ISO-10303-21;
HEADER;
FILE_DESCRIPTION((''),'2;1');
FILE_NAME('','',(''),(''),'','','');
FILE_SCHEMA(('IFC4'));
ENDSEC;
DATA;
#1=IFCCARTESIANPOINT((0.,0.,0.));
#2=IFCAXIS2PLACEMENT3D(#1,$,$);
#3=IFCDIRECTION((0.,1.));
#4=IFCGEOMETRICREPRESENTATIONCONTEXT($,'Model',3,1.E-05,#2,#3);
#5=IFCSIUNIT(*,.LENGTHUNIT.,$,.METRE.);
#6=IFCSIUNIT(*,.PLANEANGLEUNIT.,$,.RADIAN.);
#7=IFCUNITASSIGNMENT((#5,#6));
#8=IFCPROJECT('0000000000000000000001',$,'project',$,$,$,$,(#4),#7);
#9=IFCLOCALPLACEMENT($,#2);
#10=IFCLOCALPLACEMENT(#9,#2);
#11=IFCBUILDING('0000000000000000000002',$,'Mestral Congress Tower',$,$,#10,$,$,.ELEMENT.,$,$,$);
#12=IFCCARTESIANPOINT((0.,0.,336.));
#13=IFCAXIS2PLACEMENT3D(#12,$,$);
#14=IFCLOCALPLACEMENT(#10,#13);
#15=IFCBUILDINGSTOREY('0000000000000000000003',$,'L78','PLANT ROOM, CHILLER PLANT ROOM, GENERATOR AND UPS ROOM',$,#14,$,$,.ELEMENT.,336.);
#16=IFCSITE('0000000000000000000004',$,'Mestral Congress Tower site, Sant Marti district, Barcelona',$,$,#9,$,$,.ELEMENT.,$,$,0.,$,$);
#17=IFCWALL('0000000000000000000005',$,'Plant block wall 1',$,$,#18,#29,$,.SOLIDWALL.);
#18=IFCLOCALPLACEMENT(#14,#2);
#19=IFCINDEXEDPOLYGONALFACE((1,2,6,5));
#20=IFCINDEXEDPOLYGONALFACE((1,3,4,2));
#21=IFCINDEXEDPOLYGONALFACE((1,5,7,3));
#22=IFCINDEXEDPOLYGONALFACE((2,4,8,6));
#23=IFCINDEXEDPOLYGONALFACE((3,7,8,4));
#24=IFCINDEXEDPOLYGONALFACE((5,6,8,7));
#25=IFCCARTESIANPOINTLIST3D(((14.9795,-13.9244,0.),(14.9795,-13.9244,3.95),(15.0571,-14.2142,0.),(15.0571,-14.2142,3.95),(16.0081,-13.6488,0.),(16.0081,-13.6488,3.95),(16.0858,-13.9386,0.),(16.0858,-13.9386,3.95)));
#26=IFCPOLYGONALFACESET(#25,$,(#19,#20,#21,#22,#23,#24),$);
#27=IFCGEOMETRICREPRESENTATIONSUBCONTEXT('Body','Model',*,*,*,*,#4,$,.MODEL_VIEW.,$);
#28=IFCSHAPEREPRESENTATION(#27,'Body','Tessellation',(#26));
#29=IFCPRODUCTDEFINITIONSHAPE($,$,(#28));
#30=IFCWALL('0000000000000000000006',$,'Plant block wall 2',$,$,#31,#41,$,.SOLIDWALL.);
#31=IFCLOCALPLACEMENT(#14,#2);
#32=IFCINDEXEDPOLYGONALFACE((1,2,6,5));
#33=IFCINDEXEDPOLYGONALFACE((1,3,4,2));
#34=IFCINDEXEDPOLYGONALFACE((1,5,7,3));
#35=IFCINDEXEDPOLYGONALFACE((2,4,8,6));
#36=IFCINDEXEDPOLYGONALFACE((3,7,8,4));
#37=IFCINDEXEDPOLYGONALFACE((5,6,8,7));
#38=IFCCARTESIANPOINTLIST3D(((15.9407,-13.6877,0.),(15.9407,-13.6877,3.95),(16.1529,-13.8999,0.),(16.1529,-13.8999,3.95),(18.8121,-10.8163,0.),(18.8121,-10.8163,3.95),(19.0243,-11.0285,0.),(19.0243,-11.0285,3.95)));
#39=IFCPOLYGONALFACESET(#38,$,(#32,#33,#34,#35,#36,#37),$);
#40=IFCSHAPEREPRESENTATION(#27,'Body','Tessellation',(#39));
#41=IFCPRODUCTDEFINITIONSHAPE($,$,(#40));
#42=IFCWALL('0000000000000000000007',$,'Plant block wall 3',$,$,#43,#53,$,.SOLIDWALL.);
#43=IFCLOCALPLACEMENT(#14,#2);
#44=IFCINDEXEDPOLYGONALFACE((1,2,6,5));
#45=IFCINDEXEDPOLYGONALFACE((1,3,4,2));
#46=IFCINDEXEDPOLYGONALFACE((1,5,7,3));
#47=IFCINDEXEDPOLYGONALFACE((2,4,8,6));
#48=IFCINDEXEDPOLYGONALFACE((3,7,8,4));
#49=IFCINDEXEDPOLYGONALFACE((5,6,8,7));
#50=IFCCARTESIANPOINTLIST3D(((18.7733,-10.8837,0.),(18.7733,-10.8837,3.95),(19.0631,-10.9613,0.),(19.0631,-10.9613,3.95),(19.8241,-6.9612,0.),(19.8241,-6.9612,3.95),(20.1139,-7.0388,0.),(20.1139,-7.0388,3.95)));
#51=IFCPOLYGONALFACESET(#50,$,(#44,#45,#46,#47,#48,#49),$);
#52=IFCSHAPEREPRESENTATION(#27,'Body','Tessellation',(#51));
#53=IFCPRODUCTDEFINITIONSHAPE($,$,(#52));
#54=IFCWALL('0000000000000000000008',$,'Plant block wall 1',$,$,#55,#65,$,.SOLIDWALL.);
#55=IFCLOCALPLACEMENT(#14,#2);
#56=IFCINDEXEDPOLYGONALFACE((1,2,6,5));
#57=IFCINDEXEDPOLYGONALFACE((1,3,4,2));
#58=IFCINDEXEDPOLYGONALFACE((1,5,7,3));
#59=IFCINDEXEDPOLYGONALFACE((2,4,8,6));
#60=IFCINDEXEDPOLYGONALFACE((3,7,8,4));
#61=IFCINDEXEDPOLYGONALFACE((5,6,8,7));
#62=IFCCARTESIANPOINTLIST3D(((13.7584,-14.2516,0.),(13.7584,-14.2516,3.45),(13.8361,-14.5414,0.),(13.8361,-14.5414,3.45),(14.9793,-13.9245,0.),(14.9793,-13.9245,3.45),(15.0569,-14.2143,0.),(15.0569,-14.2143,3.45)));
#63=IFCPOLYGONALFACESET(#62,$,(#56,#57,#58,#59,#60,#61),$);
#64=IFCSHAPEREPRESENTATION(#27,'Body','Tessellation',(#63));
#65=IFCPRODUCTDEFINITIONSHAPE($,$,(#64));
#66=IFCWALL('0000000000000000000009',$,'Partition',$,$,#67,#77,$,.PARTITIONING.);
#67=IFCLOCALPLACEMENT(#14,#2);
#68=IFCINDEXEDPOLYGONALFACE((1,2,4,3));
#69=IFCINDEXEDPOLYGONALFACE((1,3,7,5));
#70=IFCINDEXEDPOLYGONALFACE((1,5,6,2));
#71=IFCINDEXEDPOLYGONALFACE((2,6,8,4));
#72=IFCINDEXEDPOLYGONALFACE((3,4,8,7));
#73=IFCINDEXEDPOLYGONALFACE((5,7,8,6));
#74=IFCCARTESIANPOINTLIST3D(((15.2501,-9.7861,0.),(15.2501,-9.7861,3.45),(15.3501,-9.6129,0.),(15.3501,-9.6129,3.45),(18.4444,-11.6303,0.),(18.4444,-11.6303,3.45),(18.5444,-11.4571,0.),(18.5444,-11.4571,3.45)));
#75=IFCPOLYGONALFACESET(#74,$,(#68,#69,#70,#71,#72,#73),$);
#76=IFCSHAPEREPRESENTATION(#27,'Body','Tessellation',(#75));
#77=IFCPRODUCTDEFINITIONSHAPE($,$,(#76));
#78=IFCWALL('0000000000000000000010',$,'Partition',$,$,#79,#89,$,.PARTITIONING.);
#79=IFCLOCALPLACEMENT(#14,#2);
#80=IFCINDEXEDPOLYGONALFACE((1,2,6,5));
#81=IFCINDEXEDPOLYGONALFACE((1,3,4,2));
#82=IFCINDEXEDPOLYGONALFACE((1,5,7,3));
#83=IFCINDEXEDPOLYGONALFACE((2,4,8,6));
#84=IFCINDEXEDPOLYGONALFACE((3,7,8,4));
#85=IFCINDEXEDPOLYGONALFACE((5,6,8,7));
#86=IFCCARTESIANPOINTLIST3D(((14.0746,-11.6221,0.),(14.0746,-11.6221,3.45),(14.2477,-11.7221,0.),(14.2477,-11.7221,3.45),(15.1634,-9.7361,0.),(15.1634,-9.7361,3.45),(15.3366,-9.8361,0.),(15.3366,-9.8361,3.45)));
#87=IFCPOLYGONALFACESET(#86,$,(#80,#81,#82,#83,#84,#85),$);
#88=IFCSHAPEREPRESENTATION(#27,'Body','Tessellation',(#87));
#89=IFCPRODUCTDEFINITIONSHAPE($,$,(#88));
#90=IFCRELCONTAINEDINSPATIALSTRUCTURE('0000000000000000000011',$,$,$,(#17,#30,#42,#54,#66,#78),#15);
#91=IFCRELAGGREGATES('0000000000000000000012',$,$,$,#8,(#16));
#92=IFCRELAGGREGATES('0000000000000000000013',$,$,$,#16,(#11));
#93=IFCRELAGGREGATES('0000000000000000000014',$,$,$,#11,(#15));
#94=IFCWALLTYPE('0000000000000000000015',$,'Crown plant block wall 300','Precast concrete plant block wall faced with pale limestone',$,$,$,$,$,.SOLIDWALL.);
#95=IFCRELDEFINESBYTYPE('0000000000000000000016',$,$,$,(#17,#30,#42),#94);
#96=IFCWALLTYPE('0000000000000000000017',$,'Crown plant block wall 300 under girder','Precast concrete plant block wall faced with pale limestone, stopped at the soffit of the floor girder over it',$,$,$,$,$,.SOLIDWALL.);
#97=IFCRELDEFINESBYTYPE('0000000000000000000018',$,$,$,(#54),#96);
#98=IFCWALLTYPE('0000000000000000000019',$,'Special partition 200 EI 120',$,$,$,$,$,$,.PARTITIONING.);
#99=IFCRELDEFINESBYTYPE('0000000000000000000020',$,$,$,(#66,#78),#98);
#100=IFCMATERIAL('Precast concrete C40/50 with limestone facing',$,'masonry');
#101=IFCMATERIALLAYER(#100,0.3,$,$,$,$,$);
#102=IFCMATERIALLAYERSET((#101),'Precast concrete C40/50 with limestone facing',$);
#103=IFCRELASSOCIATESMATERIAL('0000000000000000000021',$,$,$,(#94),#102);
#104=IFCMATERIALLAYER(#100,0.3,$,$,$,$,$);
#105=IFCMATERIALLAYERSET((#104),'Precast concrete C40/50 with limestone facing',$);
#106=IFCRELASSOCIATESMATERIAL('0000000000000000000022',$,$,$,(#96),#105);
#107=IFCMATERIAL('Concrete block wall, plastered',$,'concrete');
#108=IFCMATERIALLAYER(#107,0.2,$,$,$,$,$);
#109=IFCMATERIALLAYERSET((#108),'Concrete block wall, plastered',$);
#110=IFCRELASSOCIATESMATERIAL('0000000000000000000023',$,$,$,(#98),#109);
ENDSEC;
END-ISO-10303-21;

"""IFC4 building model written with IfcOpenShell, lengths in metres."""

from ifc_helpers import new_model, si_unit, direction, frame, frame_2d, origin, place, context, subcontext, project, spatial, rectangle, extrude, material, layer, layer_set, type_object, element, save


model = new_model("IFC4")

# Units and contexts
model_context = context("Model", 3, precision=1e-05, world=origin(), true_north=direction((0.0, 1.0)))
body_context = subcontext(model_context, "Body", "Model", "MODEL_VIEW")
ifc_project = project(units=[si_unit("LENGTHUNIT", "METRE"), si_unit("PLANEANGLEUNIT", "RADIAN")], contexts=[model_context])

# Site, building, storey
site_placement = place(None, origin())
site = spatial("IfcSite", under=ifc_project, at=site_placement, Name="Mestral Congress Tower site, Sant Marti district, Barcelona", CompositionType="ELEMENT", RefElevation=0.0)
building_placement = place(site_placement, origin())
building = spatial("IfcBuilding", under=site, at=building_placement, Name="Mestral Congress Tower", CompositionType="ELEMENT")
storey_placement = place(building_placement, frame((0.0, 0.0, 336.0)))
storey = spatial("IfcBuildingStorey", under=building, at=storey_placement, Name="L78", Description="PLANT ROOM, CHILLER PLANT ROOM, GENERATOR AND UPS ROOM", CompositionType="ELEMENT", Elevation=336.0)

# Walls
ifc_material_1 = material(Name="Precast concrete C40/50 with limestone facing", Category="masonry")
ifc_layer_1 = layer(ifc_material_1, 0.3)
ifc_layer_set_1 = layer_set([ifc_layer_1], Name="Precast concrete C40/50 with limestone facing")
wall_type_1 = type_object("IfcWallType", Name="Crown plant block wall 300", Description="Precast concrete plant block wall faced with pale limestone", PredefinedType="SOLIDWALL", material=ifc_layer_set_1)
wall_1_placement = place(storey_placement, frame((15.0183, -14.0693, 0.0), z_axis=(0.0, 0.0, 1.0), x_axis=(0.965918, 0.258847, 0.0)))
element("IfcWall", 1, at=wall_1_placement, inside=storey, type_object=wall_type_1, Name="Plant block wall 1", PredefinedType="SOLIDWALL", context=body_context, shape_type="SweptSolid", body=[
    extrude(rectangle(XDim=1.0649, YDim=0.3, at=frame_2d((0.5325, 0.0))), origin(), (0.0, 0.0, 1.0), 3.95),
])
for number, where, z_axis, x_axis, name in (
    (2, (16.0469, -13.7937, 0.0), (0.0, 0.0, 1.0), (0.707107, 0.707107, 0.0), "Plant block wall 2"),
    (3, (18.9182, -10.9224, 0.0), (0.0, 0.0, 1.0), (0.25877, 0.965939, 0.0), "Plant block wall 3"),
):
    element("IfcWall", number, at=place(storey_placement, frame(where, z_axis=z_axis, x_axis=x_axis)), inside=storey, type_object=wall_type_1, Name=name, PredefinedType="SOLIDWALL", context=body_context, shape_type="SweptSolid", body=[
        extrude(rectangle(XDim=4.0608, YDim=0.3, at=frame_2d((2.0303, 0.0))), origin(), (0.0, 0.0, 1.0), 3.95),
    ])
ifc_layer_2 = layer(ifc_material_1, 0.3)
ifc_layer_set_2 = layer_set([ifc_layer_2], Name="Precast concrete C40/50 with limestone facing")
wall_type_2 = type_object("IfcWallType", Name="Crown plant block wall 300 under girder", Description="Precast concrete plant block wall faced with pale limestone, stopped at the soffit of the floor girder over it", PredefinedType="SOLIDWALL", material=ifc_layer_set_2)
wall_2_placement = place(storey_placement, frame((13.7974, -14.3965, 0.0), z_axis=(0.0, 0.0, 1.0), x_axis=(0.965926, 0.258817, 0.0)))
element("IfcWall", 4, at=wall_2_placement, inside=storey, type_object=wall_type_2, Name="Plant block wall 1", PredefinedType="SOLIDWALL", context=body_context, shape_type="SweptSolid", body=[
    extrude(rectangle(XDim=1.2639, YDim=0.3, at=frame_2d((0.6318, 0.0))), origin(), (0.0, 0.0, 1.0), 3.45),
])
ifc_material_2 = material(Name="Concrete block wall, plastered", Category="concrete")
ifc_layer_3 = layer(ifc_material_2, 0.2)
ifc_layer_set_3 = layer_set([ifc_layer_3], Name="Concrete block wall, plastered")
wall_type_3 = type_object("IfcWallType", Name="Special partition 200 EI 120", PredefinedType="PARTITIONING", material=ifc_layer_set_3)
wall_3_placement = place(storey_placement, frame((18.4944, -11.5437, 0.0), z_axis=(0.0, 0.0, 1.0), x_axis=(-0.866027, 0.499997, 0.0)))
element("IfcWall", 5, at=wall_3_placement, inside=storey, type_object=wall_type_3, Name="Partition", PredefinedType="PARTITIONING", context=body_context, shape_type="SweptSolid", body=[
    extrude(rectangle(XDim=3.6885, YDim=0.2, at=frame_2d((1.8442, 0.0))), origin(), (0.0, 0.0, 1.0), 3.45),
])
wall_4_placement = place(storey_placement, frame((15.25, -9.7861, 0.0), z_axis=(0.0, 0.0, 1.0), x_axis=(-0.499997, -0.866027, 0.0)))
element("IfcWall", 6, at=wall_4_placement, inside=storey, type_object=wall_type_3, Name="Partition", PredefinedType="PARTITIONING", context=body_context, shape_type="SweptSolid", body=[
    extrude(rectangle(XDim=2.1777, YDim=0.2, at=frame_2d((1.0889, 0.0))), origin(), (0.0, 0.0, 1.0), 3.45),
])

save(model, "model.ifc")
